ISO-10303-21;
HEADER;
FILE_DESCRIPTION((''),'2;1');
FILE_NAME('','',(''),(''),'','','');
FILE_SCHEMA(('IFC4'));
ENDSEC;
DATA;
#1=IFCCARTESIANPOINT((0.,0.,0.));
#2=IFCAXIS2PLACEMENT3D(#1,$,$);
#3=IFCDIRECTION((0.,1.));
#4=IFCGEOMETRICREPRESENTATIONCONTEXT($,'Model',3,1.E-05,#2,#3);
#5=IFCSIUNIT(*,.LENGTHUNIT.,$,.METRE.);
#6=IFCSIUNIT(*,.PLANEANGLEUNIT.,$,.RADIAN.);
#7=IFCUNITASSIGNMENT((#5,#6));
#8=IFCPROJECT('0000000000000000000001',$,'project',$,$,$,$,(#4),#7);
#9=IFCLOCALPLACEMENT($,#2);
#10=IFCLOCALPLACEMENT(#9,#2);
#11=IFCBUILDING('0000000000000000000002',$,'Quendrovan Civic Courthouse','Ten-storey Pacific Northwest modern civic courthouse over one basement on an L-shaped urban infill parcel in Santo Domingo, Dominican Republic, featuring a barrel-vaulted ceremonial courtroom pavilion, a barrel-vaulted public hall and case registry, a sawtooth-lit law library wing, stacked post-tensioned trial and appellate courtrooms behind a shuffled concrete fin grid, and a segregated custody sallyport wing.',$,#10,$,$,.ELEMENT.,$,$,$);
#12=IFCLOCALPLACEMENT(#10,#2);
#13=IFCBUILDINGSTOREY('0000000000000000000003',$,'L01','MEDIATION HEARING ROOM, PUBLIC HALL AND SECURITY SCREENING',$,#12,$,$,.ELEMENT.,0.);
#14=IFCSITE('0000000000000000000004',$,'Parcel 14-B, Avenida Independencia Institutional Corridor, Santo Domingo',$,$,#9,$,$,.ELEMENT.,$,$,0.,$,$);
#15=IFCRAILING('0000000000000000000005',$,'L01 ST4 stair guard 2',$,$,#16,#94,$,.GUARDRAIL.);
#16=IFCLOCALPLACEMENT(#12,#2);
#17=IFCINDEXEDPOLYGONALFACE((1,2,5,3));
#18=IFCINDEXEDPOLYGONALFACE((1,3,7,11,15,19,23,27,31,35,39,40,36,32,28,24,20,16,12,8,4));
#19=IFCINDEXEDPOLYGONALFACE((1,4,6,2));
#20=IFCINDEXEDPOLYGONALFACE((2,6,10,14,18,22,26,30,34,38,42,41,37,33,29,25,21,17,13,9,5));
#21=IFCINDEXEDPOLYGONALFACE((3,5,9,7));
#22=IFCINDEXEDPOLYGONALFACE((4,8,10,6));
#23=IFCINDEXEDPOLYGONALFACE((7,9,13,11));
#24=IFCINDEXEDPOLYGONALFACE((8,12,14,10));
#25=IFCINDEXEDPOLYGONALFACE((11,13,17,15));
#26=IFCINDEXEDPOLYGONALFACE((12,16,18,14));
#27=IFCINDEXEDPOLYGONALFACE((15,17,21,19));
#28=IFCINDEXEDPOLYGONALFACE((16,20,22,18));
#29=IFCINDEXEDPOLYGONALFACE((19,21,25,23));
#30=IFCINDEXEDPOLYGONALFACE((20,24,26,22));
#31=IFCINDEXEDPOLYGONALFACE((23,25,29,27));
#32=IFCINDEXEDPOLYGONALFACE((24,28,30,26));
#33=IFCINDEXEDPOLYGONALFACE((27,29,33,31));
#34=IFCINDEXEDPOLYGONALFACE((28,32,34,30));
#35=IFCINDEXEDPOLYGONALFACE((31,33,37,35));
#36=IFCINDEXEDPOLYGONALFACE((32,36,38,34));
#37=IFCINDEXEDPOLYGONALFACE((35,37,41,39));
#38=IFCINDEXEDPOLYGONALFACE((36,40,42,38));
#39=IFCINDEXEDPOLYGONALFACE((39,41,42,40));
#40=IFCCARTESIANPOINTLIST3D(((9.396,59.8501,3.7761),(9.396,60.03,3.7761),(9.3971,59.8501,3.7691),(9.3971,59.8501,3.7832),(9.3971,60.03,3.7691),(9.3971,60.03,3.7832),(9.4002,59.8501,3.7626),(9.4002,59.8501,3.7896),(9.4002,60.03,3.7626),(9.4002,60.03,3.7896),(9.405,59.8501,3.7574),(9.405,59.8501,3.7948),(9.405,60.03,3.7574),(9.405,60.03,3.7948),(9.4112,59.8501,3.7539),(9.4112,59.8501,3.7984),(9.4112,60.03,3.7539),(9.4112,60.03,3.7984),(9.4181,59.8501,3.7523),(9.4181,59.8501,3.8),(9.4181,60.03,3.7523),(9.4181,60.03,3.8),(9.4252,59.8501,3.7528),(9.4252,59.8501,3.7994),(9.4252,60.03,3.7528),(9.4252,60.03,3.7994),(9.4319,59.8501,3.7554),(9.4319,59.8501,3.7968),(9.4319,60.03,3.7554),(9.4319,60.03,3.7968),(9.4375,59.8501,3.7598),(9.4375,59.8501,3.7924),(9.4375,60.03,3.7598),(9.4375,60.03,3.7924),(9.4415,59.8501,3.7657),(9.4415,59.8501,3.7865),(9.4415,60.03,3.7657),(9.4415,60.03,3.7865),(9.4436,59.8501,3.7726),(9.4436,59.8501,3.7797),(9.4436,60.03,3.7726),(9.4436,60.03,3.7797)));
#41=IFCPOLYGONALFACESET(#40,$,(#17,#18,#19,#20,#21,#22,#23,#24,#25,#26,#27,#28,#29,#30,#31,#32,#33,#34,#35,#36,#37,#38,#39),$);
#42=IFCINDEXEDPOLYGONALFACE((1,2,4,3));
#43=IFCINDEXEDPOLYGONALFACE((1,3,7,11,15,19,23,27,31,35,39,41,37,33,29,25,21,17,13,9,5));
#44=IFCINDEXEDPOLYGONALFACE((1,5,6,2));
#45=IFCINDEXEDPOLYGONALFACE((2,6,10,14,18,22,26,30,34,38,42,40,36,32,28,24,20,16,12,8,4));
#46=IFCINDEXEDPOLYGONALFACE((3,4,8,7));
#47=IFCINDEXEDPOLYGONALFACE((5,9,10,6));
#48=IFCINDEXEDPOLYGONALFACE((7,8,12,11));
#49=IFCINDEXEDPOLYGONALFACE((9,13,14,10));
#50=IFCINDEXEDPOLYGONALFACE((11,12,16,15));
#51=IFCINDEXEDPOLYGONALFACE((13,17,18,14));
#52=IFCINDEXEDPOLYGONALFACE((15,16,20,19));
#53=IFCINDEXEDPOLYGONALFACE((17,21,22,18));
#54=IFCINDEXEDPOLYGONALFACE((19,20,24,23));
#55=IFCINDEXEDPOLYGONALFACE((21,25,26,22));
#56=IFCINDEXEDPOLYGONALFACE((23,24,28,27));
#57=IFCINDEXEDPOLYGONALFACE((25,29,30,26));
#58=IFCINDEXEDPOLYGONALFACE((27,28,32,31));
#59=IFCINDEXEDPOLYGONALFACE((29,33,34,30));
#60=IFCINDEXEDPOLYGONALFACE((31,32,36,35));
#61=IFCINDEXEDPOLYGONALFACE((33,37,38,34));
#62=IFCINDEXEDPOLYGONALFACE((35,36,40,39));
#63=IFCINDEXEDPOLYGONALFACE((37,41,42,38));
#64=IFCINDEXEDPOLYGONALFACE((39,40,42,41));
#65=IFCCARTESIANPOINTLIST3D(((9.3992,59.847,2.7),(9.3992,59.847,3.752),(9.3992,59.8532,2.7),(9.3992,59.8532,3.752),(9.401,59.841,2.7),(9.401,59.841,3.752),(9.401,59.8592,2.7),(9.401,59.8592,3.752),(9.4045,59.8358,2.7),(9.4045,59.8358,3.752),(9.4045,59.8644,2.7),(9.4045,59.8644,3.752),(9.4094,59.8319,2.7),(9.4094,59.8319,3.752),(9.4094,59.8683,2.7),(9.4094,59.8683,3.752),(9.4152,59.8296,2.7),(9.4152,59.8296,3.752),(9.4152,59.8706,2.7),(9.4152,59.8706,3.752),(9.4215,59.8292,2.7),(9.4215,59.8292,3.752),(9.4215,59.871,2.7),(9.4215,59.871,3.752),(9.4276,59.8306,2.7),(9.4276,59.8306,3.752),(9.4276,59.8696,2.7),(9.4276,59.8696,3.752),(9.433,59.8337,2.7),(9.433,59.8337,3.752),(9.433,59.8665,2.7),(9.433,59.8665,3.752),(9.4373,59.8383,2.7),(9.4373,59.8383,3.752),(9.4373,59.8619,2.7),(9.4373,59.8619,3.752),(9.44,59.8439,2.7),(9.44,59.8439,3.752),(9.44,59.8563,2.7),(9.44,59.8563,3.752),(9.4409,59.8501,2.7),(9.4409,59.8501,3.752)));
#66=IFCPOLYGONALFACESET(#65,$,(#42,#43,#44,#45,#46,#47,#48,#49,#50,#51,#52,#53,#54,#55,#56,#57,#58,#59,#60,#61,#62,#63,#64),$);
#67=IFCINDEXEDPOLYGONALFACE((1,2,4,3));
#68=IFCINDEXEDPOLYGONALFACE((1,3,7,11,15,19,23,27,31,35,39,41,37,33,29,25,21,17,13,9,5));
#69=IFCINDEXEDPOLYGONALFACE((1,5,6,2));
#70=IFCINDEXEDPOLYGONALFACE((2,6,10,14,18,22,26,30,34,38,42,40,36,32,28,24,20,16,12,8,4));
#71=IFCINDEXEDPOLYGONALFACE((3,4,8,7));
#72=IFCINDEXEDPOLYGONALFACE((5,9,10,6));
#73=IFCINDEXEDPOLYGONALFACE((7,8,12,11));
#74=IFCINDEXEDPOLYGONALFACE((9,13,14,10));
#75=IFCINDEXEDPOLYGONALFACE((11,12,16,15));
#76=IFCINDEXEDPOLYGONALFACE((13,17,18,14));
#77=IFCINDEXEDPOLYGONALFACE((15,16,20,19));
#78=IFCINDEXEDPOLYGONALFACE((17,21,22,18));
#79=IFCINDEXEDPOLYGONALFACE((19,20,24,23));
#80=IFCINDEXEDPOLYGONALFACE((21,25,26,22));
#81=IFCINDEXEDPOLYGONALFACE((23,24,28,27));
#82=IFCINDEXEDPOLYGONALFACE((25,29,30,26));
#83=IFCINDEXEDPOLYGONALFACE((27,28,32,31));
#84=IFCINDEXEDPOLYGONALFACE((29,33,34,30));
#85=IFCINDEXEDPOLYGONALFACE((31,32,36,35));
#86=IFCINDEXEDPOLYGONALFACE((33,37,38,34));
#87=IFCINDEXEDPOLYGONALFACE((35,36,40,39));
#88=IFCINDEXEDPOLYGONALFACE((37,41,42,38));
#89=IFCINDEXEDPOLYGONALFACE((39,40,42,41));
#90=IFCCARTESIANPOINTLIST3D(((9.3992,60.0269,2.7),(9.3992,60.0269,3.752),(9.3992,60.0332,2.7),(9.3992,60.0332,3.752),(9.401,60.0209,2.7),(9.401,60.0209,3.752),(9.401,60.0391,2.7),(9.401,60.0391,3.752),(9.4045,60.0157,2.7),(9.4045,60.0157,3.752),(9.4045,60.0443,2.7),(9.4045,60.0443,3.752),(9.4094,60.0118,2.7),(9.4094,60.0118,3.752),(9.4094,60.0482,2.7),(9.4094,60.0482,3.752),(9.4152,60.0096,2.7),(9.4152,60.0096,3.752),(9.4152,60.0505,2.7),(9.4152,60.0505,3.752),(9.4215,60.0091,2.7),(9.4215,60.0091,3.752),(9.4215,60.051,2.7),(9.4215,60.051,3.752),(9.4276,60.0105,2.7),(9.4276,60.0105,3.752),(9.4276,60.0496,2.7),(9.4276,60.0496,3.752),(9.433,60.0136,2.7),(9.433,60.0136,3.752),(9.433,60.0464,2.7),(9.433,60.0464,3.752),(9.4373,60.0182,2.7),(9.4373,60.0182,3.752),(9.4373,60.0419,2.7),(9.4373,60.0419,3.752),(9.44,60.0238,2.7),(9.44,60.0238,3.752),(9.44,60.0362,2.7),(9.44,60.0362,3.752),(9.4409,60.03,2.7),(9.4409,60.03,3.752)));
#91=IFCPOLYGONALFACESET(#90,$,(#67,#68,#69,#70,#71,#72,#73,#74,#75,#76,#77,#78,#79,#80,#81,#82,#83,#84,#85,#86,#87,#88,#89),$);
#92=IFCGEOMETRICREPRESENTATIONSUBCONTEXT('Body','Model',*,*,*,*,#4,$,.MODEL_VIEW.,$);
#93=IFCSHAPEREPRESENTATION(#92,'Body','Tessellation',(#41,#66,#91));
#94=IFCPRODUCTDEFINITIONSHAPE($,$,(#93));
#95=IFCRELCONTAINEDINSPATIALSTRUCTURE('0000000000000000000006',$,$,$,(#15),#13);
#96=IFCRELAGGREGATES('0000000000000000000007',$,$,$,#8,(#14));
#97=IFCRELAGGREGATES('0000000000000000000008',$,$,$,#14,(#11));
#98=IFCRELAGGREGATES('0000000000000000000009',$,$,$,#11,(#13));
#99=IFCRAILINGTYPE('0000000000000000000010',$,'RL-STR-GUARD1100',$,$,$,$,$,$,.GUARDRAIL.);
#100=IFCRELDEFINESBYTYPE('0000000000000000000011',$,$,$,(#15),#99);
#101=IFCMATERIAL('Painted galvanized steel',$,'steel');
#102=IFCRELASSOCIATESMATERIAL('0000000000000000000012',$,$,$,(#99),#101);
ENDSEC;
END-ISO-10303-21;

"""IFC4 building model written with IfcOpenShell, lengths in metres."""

from ifc_helpers import new_model, si_unit, direction, frame, origin, origin_2d, place, context, subcontext, project, spatial, circle, extrude, material, type_object, element, save


model = new_model("IFC4")

# Units and contexts
model_context = context("Model", 3, precision=1e-05, world=origin(), true_north=direction((0.0, 1.0)))
body_context = subcontext(model_context, "Body", "Model", "MODEL_VIEW")
ifc_project = project(units=[si_unit("LENGTHUNIT", "METRE"), si_unit("PLANEANGLEUNIT", "RADIAN")], contexts=[model_context])

# Site, building, storey
site_placement = place(None, origin())
site = spatial("IfcSite", under=ifc_project, at=site_placement, Name="Parcel 14-B, Avenida Independencia Institutional Corridor, Santo Domingo", CompositionType="ELEMENT", RefElevation=0.0)
building_placement = place(site_placement, origin())
building = spatial("IfcBuilding", under=site, at=building_placement, Name="Quendrovan Civic Courthouse", Description="Ten-storey Pacific Northwest modern civic courthouse over one basement on an L-shaped urban infill parcel in Santo Domingo, Dominican Republic, featuring a barrel-vaulted ceremonial courtroom pavilion, a barrel-vaulted public hall and case registry, a sawtooth-lit law library wing, stacked post-tensioned trial and appellate courtrooms behind a shuffled concrete fin grid, and a segregated custody sallyport wing.", CompositionType="ELEMENT")
storey_placement = place(building_placement, origin())
storey = spatial("IfcBuildingStorey", under=building, at=storey_placement, Name="L01", Description="MEDIATION HEARING ROOM, PUBLIC HALL AND SECURITY SCREENING", CompositionType="ELEMENT", Elevation=0.0)

# Railing
ifc_material_1 = material(Name="Painted galvanized steel", Category="steel")
railing_type_1 = type_object("IfcRailingType", Name="RL-STR-GUARD1100", PredefinedType="GUARDRAIL", material=ifc_material_1)
railing_1_placement = place(storey_placement, frame((9.4199, 59.8501, 2.7)))
element("IfcRailing", 1, at=railing_1_placement, inside=storey, type_object=railing_type_1, Name="L01 ST4 stair guard 2", PredefinedType="GUARDRAIL", context=body_context, shape_type="SweptSolid", body=[
    extrude(circle(Radius=0.0239, at=origin_2d()), frame((0.0, 0.0, 1.0762), z_axis=(0.0, 1.0, 0.0), x_axis=(-1.0, 0.0, 0.0)), (0.0, 0.0, 1.0), 0.1799),
    extrude(circle(Radius=0.021, at=origin_2d()), origin(), (0.0, 0.0, 1.0), 1.052),
    extrude(circle(Radius=0.021, at=origin_2d()), frame((0.0, 0.1799, 0.0)), (0.0, 0.0, 1.0), 1.052),
])

save(model, "model.ifc")
